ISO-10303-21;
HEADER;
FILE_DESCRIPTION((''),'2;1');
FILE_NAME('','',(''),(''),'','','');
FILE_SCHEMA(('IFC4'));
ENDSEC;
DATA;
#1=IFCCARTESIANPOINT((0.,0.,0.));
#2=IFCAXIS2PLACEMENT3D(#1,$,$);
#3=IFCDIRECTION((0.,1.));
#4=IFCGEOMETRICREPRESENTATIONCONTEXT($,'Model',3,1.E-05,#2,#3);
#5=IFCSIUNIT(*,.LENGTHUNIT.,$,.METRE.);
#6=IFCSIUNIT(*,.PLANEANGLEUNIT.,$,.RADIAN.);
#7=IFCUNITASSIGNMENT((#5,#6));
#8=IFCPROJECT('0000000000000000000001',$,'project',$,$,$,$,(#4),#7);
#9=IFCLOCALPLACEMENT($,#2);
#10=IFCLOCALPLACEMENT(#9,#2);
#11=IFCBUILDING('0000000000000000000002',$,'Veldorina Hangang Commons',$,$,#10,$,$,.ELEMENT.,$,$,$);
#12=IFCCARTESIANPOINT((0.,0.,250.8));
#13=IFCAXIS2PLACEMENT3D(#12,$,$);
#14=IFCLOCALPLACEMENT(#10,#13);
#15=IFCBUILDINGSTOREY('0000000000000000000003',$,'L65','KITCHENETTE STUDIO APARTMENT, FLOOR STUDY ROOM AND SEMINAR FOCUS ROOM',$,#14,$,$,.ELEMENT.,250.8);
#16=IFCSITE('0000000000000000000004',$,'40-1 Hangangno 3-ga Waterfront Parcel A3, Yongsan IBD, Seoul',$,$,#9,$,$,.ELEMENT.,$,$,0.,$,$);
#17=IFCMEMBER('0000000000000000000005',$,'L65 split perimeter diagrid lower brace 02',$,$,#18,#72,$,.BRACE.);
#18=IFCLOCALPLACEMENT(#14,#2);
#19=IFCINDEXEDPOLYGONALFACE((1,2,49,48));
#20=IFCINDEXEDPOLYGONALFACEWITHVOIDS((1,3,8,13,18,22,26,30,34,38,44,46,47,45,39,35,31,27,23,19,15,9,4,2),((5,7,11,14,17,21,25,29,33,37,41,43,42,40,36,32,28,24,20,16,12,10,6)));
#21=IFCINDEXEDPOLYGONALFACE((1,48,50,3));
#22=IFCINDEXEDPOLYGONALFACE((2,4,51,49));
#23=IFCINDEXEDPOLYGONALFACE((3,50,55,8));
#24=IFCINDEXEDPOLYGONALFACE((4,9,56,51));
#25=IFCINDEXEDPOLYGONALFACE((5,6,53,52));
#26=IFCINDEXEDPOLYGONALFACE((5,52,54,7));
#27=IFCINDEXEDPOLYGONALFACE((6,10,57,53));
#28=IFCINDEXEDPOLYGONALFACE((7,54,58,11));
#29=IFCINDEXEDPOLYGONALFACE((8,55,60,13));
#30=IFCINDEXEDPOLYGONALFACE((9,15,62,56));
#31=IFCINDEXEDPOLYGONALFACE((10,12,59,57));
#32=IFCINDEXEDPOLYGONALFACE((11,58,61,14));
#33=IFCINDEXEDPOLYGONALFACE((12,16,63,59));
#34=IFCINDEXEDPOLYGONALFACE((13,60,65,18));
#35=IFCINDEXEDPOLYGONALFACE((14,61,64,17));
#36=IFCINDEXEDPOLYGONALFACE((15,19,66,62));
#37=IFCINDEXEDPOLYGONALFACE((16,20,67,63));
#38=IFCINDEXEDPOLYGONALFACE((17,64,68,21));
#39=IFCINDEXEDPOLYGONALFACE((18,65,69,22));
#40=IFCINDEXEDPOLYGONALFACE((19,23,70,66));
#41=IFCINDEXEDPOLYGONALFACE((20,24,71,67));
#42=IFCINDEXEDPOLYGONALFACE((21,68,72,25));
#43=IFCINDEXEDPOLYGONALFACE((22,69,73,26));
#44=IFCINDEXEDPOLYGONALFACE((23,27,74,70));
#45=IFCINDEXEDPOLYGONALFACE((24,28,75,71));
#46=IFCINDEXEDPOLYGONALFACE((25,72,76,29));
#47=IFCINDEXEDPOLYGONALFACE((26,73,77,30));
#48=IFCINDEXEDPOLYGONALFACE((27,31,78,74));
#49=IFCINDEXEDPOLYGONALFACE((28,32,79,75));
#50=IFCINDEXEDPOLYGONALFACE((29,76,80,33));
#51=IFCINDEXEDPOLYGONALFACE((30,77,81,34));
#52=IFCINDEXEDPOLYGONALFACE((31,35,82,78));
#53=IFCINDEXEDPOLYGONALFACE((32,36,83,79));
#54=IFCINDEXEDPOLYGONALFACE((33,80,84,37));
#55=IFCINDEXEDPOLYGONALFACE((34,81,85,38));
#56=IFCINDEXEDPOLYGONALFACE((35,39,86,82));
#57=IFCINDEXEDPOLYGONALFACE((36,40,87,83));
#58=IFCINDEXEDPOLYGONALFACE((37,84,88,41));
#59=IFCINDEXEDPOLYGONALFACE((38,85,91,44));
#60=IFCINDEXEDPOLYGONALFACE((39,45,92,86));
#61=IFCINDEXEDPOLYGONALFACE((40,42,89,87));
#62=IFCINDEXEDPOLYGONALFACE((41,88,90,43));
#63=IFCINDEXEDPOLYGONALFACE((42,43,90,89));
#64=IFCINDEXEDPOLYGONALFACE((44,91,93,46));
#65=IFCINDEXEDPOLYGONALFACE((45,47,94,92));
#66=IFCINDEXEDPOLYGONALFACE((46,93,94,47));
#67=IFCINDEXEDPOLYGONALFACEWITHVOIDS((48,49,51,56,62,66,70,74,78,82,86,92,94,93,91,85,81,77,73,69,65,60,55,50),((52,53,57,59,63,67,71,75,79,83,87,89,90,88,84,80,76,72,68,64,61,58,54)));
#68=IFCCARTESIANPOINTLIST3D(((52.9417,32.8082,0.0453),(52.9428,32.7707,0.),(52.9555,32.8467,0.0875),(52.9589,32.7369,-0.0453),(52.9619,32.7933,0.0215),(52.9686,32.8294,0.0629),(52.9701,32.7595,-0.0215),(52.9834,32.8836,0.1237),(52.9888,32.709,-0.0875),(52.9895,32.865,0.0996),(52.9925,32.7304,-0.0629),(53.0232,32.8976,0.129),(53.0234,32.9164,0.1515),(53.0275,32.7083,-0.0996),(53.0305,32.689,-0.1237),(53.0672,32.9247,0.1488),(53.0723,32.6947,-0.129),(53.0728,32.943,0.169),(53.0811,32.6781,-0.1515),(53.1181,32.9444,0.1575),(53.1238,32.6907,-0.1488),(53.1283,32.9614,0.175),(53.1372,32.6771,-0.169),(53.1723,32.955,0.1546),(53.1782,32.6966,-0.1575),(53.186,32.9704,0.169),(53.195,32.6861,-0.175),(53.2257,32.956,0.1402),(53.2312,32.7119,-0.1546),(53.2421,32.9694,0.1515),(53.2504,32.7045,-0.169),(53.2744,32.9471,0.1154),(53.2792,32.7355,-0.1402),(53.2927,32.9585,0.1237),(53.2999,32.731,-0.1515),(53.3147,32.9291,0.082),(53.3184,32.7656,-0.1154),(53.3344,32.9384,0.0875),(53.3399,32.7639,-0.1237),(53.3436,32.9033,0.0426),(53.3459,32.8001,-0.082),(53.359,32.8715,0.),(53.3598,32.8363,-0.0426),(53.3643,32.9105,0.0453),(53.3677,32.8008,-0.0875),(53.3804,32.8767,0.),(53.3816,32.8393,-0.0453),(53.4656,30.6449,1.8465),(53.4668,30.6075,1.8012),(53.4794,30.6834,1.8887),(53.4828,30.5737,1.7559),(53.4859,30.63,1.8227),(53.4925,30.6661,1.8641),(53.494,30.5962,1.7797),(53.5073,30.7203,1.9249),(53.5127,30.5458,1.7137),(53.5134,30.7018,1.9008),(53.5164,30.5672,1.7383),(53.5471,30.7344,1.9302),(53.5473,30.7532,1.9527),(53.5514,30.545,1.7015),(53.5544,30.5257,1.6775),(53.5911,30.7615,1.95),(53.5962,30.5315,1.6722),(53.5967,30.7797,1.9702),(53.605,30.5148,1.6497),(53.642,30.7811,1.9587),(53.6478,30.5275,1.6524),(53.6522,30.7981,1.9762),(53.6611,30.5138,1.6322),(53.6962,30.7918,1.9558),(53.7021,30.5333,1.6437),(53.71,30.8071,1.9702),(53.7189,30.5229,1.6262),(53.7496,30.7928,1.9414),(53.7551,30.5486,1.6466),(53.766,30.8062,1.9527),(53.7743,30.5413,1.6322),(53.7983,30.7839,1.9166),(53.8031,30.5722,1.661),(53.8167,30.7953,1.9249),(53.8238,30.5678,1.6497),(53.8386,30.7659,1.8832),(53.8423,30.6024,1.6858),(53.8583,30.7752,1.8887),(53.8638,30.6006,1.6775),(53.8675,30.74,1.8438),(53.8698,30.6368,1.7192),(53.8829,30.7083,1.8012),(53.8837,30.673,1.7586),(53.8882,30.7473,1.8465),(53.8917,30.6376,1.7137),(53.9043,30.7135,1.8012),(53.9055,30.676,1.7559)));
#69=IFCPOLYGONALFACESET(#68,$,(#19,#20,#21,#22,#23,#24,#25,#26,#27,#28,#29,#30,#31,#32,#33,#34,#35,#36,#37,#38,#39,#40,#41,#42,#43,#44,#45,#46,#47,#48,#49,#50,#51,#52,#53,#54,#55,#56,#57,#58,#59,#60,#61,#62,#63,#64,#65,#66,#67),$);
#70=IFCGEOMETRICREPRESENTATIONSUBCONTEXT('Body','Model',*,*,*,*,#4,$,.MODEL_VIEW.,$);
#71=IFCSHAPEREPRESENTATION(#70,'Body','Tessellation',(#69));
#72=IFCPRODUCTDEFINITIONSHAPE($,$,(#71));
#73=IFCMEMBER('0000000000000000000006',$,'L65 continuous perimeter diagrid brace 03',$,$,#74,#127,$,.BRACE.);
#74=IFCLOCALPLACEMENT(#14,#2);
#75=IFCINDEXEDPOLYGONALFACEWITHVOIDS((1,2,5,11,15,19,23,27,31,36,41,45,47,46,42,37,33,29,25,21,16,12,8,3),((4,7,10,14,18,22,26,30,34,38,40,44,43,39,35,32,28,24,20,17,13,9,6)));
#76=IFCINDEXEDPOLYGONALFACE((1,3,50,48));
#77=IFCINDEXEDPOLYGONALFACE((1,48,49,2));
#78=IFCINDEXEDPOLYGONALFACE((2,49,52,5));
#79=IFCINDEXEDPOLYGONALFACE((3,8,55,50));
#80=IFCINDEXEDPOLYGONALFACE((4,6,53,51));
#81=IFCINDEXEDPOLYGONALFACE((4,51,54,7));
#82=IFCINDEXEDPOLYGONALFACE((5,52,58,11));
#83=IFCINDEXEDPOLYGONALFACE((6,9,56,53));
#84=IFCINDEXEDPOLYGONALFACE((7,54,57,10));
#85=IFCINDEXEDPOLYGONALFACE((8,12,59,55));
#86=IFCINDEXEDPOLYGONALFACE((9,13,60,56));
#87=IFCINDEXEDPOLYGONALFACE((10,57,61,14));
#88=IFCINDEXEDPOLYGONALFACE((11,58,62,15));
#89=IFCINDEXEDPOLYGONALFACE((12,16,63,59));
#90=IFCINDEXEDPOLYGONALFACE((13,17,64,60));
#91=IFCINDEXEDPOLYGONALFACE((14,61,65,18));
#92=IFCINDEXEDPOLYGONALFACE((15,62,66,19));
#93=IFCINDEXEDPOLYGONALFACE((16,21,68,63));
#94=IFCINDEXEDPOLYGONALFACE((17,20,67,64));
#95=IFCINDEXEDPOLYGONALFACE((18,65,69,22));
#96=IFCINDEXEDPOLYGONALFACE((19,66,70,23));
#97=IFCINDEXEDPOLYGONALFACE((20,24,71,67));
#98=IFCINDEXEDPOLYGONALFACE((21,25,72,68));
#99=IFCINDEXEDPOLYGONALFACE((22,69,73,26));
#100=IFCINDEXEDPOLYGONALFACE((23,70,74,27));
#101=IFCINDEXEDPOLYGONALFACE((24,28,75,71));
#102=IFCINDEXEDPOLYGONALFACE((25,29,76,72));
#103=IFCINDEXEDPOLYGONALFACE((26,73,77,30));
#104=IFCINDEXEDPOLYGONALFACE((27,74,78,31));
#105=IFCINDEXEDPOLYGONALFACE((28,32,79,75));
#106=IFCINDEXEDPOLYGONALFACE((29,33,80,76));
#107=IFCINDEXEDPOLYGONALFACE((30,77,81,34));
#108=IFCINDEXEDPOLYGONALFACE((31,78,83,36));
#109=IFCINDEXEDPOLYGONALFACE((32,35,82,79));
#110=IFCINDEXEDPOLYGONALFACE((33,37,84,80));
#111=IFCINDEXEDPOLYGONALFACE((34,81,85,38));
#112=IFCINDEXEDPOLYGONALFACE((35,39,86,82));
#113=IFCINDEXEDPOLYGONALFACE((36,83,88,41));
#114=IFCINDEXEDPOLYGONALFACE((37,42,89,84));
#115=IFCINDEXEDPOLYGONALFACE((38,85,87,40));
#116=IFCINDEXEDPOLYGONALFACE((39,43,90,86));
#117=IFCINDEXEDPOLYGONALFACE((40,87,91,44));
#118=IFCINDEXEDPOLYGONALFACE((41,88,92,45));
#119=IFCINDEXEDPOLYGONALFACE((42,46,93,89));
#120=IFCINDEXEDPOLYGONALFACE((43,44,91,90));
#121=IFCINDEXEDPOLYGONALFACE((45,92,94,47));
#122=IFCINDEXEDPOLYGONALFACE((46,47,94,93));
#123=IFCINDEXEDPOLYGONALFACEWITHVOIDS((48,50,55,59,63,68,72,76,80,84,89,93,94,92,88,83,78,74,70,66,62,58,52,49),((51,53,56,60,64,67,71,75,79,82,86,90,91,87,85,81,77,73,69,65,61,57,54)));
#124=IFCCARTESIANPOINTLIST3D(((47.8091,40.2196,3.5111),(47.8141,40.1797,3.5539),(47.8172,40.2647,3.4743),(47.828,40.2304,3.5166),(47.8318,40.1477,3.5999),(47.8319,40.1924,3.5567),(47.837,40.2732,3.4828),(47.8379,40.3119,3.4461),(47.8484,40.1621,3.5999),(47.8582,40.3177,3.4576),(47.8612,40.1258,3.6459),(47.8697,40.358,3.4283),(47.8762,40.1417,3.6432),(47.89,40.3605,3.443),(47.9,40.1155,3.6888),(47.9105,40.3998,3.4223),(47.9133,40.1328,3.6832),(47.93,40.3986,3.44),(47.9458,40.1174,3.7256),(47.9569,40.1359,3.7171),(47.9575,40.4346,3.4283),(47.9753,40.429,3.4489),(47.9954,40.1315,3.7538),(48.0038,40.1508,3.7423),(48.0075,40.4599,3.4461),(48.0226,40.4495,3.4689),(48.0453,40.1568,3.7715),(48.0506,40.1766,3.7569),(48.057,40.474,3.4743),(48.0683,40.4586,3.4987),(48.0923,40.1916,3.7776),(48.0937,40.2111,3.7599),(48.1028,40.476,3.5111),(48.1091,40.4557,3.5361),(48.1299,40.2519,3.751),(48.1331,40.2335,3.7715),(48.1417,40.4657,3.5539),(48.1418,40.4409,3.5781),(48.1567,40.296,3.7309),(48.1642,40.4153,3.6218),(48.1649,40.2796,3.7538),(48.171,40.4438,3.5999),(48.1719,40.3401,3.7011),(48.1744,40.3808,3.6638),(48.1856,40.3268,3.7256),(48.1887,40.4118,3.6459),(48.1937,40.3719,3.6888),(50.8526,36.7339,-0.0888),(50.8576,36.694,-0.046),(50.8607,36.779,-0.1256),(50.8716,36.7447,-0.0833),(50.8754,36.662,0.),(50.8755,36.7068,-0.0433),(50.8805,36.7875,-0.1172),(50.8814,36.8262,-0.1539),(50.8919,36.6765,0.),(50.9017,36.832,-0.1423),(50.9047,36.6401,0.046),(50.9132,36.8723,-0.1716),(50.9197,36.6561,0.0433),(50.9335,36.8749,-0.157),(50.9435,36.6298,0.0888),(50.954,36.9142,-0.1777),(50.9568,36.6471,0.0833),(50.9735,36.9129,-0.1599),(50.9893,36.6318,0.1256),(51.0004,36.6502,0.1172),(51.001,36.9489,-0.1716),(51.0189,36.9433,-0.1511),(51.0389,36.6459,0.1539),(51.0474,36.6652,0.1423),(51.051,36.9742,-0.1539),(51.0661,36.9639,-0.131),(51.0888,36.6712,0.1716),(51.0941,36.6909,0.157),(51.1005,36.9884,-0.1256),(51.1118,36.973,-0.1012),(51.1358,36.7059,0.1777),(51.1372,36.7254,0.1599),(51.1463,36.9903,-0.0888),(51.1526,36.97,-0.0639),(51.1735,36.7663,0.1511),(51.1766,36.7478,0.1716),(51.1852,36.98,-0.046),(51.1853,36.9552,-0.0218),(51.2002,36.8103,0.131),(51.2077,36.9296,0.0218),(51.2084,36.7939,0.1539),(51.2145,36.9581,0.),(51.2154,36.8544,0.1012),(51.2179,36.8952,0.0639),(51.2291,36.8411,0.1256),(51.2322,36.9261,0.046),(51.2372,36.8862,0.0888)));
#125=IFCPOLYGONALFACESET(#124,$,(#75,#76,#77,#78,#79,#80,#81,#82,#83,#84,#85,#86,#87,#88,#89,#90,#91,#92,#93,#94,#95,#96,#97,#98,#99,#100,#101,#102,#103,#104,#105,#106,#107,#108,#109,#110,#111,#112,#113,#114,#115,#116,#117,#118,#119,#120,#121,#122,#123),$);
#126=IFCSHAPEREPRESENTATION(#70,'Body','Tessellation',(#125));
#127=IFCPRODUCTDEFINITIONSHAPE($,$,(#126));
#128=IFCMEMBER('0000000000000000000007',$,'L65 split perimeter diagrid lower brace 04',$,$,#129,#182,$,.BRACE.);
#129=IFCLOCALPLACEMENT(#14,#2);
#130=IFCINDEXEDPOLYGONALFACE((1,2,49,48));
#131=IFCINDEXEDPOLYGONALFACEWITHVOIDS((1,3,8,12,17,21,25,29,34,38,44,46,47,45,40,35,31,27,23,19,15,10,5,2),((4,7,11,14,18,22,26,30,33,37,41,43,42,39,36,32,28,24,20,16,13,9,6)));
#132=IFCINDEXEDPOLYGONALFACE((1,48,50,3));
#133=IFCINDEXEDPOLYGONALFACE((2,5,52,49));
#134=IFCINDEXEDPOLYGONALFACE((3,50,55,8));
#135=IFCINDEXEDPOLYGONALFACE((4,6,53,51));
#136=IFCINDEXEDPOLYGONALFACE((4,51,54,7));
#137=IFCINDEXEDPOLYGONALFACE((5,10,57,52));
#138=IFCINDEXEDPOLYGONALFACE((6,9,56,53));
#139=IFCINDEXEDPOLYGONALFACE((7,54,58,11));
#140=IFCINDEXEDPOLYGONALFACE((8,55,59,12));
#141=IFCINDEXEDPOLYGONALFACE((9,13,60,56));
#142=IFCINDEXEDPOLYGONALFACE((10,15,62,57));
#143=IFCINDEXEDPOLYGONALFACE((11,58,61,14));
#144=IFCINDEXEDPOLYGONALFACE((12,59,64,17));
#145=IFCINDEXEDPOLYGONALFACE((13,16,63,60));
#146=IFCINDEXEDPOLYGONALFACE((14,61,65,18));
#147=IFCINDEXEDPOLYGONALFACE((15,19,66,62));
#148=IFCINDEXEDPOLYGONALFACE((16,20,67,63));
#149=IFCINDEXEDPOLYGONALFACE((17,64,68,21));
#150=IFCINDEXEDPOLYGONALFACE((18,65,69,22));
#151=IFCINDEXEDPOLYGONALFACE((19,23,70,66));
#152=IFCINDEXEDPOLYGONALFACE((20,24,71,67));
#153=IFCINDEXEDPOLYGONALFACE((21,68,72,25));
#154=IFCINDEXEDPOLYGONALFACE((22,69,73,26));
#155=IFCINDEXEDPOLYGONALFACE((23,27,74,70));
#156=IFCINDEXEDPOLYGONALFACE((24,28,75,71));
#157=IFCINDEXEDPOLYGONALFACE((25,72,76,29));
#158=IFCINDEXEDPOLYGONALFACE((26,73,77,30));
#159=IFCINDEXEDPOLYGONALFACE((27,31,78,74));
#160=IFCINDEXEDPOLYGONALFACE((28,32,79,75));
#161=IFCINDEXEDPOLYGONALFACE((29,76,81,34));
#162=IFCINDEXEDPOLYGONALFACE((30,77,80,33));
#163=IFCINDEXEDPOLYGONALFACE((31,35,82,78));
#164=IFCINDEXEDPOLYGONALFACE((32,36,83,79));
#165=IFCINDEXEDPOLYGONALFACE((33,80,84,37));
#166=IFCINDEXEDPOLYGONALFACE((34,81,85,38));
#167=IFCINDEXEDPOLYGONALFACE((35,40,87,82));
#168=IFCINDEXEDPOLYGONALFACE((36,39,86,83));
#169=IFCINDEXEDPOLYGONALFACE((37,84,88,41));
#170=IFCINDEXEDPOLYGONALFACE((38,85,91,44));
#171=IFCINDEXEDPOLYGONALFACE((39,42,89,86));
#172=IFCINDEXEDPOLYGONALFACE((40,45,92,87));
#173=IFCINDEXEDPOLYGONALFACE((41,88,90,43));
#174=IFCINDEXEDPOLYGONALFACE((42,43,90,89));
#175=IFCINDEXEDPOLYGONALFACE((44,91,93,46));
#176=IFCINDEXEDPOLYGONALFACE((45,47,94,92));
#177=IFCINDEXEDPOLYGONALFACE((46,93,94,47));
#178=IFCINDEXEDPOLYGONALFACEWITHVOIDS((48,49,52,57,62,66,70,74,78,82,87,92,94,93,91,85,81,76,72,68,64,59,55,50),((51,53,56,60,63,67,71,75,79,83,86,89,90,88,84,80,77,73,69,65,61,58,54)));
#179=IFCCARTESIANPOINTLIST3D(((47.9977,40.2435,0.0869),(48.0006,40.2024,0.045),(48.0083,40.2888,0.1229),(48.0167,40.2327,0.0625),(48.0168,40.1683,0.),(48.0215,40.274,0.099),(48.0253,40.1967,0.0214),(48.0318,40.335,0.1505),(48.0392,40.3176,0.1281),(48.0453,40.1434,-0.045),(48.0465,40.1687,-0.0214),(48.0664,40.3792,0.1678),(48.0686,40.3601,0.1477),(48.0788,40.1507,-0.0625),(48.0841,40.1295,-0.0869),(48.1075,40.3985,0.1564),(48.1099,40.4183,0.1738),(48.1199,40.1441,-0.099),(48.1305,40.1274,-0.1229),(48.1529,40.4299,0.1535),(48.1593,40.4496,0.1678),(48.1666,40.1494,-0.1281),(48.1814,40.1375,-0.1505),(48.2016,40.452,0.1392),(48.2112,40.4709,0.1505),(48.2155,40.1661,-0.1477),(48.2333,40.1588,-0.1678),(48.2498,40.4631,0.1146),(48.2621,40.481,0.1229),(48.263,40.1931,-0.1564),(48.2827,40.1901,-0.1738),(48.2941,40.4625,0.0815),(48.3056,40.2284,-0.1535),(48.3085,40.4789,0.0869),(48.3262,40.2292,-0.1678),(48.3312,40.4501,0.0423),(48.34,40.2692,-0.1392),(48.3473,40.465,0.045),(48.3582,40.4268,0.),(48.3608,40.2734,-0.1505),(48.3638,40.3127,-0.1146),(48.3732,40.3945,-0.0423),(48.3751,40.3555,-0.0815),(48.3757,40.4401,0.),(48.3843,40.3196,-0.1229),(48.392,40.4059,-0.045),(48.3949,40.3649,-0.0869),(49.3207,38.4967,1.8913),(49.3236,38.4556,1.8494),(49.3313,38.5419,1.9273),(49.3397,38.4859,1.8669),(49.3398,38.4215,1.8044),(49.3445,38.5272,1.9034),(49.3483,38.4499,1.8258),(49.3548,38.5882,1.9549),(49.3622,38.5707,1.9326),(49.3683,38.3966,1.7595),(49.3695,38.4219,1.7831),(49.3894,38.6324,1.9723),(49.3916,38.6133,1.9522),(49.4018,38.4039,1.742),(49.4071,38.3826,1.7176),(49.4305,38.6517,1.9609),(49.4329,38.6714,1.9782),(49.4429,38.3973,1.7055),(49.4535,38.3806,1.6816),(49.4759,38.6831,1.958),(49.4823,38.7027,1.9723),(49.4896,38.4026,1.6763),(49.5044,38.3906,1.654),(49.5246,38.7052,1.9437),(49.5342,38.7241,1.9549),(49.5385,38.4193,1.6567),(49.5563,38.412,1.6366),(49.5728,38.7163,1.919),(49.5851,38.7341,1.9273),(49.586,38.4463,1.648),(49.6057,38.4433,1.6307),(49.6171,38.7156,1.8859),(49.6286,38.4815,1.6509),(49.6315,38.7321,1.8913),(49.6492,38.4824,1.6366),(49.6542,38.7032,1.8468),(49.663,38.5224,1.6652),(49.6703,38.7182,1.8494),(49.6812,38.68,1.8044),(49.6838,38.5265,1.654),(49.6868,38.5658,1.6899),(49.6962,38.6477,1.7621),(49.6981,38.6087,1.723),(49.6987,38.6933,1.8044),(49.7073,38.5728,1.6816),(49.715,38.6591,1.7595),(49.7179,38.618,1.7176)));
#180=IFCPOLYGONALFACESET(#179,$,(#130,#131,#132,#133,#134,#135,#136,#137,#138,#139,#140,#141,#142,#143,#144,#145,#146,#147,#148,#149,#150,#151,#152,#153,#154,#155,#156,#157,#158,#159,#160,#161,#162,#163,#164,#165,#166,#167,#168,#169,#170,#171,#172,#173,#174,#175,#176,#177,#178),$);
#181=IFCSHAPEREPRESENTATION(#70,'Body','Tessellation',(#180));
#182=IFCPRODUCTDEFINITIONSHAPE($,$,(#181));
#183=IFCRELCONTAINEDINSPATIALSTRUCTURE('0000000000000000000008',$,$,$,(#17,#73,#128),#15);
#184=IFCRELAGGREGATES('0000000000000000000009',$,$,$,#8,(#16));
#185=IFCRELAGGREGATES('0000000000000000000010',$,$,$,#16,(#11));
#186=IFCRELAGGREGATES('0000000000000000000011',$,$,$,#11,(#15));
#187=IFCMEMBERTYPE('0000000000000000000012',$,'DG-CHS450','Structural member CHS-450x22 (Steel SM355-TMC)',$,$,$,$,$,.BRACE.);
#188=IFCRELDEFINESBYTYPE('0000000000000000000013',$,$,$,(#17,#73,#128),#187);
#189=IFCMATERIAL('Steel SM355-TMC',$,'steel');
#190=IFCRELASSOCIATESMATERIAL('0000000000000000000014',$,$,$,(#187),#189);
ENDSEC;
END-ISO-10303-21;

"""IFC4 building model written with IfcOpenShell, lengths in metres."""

from ifc_helpers import new_model, si_unit, direction, frame, origin, origin_2d, place, context, subcontext, project, spatial, hollow_circle, extrude, material, material_profile, profile_set, type_object, element, save


model = new_model("IFC4")

# Units and contexts
model_context = context("Model", 3, precision=1e-05, world=origin(), true_north=direction((0.0, 1.0)))
body_context = subcontext(model_context, "Body", "Model", "MODEL_VIEW")
ifc_project = project(units=[si_unit("LENGTHUNIT", "METRE"), si_unit("PLANEANGLEUNIT", "RADIAN")], contexts=[model_context])

# Site, building, storey
site_placement = place(None, origin())
site = spatial("IfcSite", under=ifc_project, at=site_placement, Name="40-1 Hangangno 3-ga Waterfront Parcel A3, Yongsan IBD, Seoul", CompositionType="ELEMENT", RefElevation=0.0)
building_placement = place(site_placement, origin())
building = spatial("IfcBuilding", under=site, at=building_placement, Name="Veldorina Hangang Commons", CompositionType="ELEMENT")
storey_placement = place(building_placement, frame((0.0, 0.0, 250.8)))
storey = spatial("IfcBuildingStorey", under=building, at=storey_placement, Name="L65", Description="KITCHENETTE STUDIO APARTMENT, FLOOR STUDY ROOM AND SEMINAR FOCUS ROOM", CompositionType="ELEMENT", Elevation=250.8)

# Shared definitions
ifc_material_1 = material(Name="Steel SM355-TMC", Category="steel")

# Members
ifc_material_profile_1 = material_profile(ifc_material_1, hollow_circle(Radius=0.2251, WallThickness=0.022, at=origin_2d()), Name="CHS-450x22")
ifc_profile_set_1 = profile_set([ifc_material_profile_1], Name="Steel SM355-TMC")
member_type_1 = type_object("IfcMemberType", Name="DG-CHS450", Description="Structural member CHS-450x22 (Steel SM355-TMC)", PredefinedType="BRACE", material=ifc_profile_set_1)
member_1_placement = place(storey_placement, frame((53.1616, 32.8237, 0.0), z_axis=(0.182973, -0.755511, 0.629066), x_axis=(0.971903, 0.23538, 0.0)))
element("IfcMember", 1, at=member_1_placement, inside=storey, type_object=member_type_1, Name="L65 split perimeter diagrid lower brace 02", PredefinedType="BRACE", context=body_context, shape_type="SweptSolid", body=[
    extrude(hollow_circle(Radius=0.2251, WallThickness=0.022, at=origin_2d()), origin(), (0.0, 0.0, 1.0), 2.8633),
])
member_2_placement = place(storey_placement, frame((51.0449, 36.8101, 0.0), z_axis=(-0.519124, 0.59454, 0.614029), x_axis=(-0.753266, -0.657716, 0.0)))
element("IfcMember", 2, at=member_2_placement, inside=storey, type_object=member_type_1, Name="L65 continuous perimeter diagrid brace 03", PredefinedType="BRACE", context=body_context, shape_type="SweptSolid", body=[
    extrude(hollow_circle(Radius=0.2251, WallThickness=0.022, at=origin_2d()), origin(), (0.0, 0.0, 1.0), 5.8628),
])
member_3_placement = place(storey_placement, frame((48.1963, 40.3042, 0.0), z_axis=(0.466071, -0.61538, 0.635677), x_axis=(0.79717, 0.603755, 0.0)))
element("IfcMember", 3, at=member_3_placement, inside=storey, type_object=member_type_1, Name="L65 split perimeter diagrid lower brace 04", PredefinedType="BRACE", context=body_context, shape_type="SweptSolid", body=[
    extrude(hollow_circle(Radius=0.2251, WallThickness=0.022, at=origin_2d()), origin(), (0.0, 0.0, 1.0), 2.8386),
])

save(model, "model.ifc")
